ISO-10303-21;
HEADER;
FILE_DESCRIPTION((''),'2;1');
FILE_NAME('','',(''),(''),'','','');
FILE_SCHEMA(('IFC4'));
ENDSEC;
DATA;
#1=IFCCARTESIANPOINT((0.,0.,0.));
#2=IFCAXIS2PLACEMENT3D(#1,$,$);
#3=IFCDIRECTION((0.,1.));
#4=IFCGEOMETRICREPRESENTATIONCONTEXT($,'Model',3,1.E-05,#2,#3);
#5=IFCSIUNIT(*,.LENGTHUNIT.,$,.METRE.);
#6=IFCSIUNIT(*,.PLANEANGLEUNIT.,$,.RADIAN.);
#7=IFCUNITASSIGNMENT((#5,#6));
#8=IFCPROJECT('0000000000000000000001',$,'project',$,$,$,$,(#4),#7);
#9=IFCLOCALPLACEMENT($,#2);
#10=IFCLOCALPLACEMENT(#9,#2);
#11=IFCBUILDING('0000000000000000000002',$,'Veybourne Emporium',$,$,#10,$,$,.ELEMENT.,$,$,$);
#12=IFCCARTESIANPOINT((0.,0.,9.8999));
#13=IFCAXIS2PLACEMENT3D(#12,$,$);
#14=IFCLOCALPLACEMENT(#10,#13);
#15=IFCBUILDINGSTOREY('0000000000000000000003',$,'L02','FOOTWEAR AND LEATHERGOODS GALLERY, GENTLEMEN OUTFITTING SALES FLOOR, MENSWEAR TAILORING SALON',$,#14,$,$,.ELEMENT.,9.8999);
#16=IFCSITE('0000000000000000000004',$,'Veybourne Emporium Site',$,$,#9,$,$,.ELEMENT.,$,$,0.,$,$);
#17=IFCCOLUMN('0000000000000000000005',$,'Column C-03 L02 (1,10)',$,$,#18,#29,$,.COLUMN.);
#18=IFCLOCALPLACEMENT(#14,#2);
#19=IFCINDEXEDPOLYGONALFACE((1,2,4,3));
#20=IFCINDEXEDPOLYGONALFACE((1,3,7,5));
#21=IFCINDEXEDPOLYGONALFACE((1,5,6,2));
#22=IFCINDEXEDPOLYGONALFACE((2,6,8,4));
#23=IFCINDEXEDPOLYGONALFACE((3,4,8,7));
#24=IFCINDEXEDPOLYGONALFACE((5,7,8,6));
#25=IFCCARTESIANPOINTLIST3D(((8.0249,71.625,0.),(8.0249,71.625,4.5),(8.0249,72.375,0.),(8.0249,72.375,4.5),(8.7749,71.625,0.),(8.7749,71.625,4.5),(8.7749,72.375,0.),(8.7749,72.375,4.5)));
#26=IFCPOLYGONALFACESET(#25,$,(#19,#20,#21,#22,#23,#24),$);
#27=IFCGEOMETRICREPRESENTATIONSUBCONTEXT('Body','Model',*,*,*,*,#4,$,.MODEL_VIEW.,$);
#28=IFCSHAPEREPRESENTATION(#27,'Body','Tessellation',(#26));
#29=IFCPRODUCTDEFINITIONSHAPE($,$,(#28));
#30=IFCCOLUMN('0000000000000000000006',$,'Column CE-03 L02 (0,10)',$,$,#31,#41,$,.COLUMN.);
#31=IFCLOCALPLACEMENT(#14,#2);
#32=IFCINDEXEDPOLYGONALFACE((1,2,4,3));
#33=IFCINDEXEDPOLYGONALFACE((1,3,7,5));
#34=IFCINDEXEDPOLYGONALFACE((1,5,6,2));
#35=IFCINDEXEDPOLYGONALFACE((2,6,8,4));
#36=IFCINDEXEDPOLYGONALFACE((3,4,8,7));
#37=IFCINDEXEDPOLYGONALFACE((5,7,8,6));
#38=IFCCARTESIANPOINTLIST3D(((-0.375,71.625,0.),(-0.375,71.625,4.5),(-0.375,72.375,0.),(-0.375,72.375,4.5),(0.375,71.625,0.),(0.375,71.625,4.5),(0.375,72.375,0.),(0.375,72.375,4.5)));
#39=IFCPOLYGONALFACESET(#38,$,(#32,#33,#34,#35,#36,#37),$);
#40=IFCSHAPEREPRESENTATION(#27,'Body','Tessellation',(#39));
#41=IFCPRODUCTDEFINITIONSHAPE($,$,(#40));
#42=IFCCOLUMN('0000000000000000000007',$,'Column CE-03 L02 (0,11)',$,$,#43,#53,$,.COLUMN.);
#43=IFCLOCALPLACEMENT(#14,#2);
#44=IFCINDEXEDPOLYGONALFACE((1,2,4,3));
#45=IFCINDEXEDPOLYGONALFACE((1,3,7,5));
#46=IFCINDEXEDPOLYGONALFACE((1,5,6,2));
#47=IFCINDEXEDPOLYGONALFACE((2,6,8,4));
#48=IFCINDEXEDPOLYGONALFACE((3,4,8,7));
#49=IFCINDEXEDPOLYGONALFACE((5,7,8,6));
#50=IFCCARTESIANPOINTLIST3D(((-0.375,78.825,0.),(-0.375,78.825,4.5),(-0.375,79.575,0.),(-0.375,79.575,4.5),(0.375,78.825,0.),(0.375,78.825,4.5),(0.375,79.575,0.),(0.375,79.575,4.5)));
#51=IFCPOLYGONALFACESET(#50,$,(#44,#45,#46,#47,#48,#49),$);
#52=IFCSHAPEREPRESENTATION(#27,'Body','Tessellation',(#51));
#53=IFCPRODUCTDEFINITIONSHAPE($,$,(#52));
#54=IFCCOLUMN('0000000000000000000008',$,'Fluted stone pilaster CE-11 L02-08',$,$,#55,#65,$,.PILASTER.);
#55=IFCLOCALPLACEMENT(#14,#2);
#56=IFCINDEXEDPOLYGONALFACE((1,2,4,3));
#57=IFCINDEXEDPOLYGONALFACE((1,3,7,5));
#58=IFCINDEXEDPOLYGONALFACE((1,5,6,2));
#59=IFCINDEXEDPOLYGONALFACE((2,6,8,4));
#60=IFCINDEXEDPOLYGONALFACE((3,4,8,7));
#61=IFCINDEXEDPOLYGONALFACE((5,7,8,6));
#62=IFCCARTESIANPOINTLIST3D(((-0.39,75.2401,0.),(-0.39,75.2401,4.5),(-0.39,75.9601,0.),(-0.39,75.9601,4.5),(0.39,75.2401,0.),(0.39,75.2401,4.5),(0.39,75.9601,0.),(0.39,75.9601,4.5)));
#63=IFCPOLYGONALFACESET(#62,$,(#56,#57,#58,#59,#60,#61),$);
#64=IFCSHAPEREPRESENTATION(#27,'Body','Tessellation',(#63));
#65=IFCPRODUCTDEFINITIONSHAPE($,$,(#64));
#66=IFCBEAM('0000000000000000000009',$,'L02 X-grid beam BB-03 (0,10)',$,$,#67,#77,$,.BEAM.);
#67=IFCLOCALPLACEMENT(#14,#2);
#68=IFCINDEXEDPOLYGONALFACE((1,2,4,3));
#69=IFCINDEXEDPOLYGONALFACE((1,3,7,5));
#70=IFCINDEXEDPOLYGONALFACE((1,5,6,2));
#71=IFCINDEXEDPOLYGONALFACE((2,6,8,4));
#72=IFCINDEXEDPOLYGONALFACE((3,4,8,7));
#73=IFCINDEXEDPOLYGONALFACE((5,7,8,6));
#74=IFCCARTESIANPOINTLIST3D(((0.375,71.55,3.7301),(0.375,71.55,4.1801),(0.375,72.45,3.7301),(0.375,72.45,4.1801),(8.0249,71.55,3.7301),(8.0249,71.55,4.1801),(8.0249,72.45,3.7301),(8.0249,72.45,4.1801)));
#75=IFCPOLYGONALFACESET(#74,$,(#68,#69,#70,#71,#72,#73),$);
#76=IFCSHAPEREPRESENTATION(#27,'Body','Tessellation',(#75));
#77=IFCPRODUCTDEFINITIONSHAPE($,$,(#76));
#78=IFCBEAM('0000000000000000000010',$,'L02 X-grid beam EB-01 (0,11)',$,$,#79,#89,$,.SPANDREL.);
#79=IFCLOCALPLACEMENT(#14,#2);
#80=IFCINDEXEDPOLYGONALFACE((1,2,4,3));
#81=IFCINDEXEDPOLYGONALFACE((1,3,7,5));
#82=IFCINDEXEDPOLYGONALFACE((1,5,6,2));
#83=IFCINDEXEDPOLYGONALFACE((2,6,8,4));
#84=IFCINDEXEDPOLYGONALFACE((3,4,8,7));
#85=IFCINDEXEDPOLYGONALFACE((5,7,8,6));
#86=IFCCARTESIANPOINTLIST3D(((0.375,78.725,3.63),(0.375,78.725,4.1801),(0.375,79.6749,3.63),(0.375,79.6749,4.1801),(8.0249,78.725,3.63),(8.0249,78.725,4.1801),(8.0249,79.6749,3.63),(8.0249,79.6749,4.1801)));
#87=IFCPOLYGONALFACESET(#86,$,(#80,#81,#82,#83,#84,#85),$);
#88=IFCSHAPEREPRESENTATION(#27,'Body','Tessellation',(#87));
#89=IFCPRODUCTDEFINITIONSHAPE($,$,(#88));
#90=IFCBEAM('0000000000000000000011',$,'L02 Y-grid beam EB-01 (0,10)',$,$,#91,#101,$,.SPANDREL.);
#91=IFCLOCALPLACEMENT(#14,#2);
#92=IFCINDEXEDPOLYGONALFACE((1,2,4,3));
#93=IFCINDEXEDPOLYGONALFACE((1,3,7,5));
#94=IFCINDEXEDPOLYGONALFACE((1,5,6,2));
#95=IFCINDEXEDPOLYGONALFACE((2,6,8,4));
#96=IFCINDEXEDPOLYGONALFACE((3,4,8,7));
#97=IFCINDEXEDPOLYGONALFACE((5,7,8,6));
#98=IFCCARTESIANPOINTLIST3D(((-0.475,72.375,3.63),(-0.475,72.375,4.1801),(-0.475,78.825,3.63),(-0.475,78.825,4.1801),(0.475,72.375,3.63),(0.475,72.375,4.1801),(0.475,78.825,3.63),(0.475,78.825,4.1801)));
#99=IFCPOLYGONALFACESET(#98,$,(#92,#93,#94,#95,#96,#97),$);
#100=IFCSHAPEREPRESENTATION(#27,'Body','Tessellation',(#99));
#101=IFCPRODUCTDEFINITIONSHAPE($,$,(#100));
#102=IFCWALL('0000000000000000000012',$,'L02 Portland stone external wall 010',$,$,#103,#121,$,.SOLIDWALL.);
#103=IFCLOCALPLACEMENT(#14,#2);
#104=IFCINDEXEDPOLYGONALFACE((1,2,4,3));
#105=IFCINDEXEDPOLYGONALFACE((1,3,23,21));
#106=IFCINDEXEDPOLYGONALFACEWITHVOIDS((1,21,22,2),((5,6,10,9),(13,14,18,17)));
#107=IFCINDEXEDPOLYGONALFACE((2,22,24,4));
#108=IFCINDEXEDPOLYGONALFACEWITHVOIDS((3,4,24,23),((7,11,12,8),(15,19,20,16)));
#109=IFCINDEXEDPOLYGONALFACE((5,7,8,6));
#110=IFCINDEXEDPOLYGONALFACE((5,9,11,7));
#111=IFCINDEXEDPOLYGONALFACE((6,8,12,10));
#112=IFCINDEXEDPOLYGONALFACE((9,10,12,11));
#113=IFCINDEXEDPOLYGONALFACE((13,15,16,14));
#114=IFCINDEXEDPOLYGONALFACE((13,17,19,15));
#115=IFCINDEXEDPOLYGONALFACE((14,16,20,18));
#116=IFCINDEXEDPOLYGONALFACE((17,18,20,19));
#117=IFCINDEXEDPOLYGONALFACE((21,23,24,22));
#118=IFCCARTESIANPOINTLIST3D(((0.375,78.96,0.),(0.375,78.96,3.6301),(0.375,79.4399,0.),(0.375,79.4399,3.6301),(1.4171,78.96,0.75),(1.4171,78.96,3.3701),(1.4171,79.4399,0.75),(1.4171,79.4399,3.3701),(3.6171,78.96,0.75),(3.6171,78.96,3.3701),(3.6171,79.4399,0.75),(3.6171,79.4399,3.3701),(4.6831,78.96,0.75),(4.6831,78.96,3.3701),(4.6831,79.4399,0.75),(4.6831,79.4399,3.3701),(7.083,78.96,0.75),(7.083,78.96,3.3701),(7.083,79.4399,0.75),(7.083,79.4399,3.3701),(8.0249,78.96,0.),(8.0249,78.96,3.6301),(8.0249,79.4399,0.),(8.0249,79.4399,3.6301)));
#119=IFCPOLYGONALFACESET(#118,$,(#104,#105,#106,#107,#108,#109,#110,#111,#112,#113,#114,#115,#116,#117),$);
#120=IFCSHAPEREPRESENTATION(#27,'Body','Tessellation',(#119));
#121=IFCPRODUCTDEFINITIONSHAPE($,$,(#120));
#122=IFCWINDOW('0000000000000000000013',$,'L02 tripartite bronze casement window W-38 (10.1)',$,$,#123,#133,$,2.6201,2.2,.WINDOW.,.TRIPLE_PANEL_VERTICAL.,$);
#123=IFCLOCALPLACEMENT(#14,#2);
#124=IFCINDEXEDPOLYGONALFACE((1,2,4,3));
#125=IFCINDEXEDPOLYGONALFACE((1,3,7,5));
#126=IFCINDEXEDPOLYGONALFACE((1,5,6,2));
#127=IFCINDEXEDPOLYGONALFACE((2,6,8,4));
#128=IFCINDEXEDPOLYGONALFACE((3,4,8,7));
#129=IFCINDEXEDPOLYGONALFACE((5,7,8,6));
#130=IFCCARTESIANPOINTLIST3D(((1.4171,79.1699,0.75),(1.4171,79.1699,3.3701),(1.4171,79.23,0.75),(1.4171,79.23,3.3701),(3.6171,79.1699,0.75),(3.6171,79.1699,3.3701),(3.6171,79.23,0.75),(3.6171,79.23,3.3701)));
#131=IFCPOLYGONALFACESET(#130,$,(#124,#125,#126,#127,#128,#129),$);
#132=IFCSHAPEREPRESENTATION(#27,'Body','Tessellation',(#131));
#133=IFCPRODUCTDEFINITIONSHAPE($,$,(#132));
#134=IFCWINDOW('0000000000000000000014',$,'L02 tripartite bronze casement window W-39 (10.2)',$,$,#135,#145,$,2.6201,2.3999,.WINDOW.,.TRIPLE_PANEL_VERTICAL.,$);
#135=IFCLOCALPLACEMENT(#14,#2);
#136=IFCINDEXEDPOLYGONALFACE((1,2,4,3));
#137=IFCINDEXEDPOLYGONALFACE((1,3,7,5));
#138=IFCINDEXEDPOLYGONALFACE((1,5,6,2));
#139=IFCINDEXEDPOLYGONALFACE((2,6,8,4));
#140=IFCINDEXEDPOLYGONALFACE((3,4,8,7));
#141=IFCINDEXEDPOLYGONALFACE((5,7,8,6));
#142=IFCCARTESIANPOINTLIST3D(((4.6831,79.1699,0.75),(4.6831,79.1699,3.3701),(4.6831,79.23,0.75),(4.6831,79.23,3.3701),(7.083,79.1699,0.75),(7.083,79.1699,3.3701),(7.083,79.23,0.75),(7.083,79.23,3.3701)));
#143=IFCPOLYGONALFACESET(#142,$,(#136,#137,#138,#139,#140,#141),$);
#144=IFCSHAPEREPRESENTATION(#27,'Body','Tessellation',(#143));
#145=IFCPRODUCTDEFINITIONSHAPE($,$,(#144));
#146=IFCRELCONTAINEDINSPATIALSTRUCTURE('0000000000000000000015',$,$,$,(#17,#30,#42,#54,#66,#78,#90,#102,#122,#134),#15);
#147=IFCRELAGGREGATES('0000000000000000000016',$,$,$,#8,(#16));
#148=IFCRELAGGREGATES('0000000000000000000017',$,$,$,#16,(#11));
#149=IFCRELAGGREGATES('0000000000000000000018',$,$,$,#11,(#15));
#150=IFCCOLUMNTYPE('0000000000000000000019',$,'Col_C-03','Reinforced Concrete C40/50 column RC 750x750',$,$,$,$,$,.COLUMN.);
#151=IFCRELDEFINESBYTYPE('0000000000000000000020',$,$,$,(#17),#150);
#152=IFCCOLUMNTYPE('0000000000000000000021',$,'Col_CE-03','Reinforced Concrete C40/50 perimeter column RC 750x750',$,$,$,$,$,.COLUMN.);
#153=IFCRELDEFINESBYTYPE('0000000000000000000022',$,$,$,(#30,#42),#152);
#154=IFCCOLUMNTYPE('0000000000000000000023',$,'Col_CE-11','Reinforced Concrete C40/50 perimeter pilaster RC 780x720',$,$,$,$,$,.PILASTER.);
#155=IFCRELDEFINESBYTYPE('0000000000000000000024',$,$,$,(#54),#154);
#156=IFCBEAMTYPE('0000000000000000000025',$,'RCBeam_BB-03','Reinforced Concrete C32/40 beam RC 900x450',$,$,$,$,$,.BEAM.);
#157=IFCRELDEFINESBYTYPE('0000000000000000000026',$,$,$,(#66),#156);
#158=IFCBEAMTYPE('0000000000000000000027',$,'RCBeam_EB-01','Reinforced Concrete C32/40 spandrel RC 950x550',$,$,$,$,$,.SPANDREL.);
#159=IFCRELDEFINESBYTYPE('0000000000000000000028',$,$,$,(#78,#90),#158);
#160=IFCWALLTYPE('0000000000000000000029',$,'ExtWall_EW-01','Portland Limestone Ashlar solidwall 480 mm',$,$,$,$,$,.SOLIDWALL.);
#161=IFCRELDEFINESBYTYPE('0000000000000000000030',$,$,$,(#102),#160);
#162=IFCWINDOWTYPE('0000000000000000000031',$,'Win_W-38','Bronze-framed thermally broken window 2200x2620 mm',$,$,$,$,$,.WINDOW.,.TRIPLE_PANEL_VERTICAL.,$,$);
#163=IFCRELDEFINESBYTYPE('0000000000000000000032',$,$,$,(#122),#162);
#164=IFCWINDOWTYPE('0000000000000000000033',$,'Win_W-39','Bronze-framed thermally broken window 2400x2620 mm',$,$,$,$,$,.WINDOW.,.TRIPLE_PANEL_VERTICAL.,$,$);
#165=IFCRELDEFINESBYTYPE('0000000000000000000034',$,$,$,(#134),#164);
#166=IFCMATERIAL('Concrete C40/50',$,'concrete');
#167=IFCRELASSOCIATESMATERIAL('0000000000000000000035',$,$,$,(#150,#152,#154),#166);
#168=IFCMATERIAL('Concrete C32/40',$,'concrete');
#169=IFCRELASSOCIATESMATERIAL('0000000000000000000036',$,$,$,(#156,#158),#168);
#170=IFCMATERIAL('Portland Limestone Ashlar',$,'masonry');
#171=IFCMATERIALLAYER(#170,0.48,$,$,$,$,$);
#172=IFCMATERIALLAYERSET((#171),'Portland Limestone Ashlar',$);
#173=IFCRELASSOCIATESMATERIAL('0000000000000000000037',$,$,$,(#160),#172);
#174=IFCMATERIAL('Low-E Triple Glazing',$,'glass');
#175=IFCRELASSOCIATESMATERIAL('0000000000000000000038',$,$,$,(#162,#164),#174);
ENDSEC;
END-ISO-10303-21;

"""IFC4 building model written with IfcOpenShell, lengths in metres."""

from ifc_helpers import new_model, si_unit, direction, frame, frame_2d, origin, origin_2d, place, context, subcontext, project, spatial, rectangle, extrude, material, layer, layer_set, material_profile, profile_set, type_object, element, fill, save


model = new_model("IFC4")

# Units and contexts
model_context = context("Model", 3, precision=1e-05, world=origin(), true_north=direction((0.0, 1.0)))
body_context = subcontext(model_context, "Body", "Model", "MODEL_VIEW")
ifc_project = project(units=[si_unit("LENGTHUNIT", "METRE"), si_unit("PLANEANGLEUNIT", "RADIAN")], contexts=[model_context])

# Site, building, storey
site_placement = place(None, origin())
site = spatial("IfcSite", under=ifc_project, at=site_placement, Name="Veybourne Emporium Site", CompositionType="ELEMENT", RefElevation=0.0)
building_placement = place(site_placement, origin())
building = spatial("IfcBuilding", under=site, at=building_placement, Name="Veybourne Emporium", CompositionType="ELEMENT")
storey_placement = place(building_placement, frame((0.0, 0.0, 9.8999)))
storey = spatial("IfcBuildingStorey", under=building, at=storey_placement, Name="L02", Description="FOOTWEAR AND LEATHERGOODS GALLERY, GENTLEMEN OUTFITTING SALES FLOOR, MENSWEAR TAILORING SALON", CompositionType="ELEMENT", Elevation=9.8999)

# Columns
ifc_material_1 = material(Name="Concrete C40/50", Category="concrete")
ifc_material_profile_1 = material_profile(ifc_material_1, rectangle(XDim=0.75, YDim=0.75, at=origin_2d()), Name="RC 750x750")
ifc_profile_set_1 = profile_set([ifc_material_profile_1], Name="Concrete C40/50")
column_type_1 = type_object("IfcColumnType", Name="Col_C-03", Description="Reinforced Concrete C40/50 column RC 750x750", PredefinedType="COLUMN", material=ifc_profile_set_1)
column_1_placement = place(storey_placement, frame((8.3999, 72.0, 0.0), z_axis=(0.0, 0.0, 1.0), x_axis=(1.0, 0.0, 0.0)))
element("IfcColumn", 1, at=column_1_placement, inside=storey, type_object=column_type_1, Name="Column C-03 L02 (1,10)", PredefinedType="COLUMN", context=body_context, shape_type="SweptSolid", body=[
    extrude(rectangle(XDim=0.75, YDim=0.75, at=origin_2d()), origin(), (0.0, 0.0, 1.0), 4.5),
])
ifc_material_profile_2 = material_profile(ifc_material_1, rectangle(XDim=0.75, YDim=0.75, at=origin_2d()), Name="RC 750x750")
ifc_profile_set_2 = profile_set([ifc_material_profile_2], Name="Concrete C40/50")
column_type_2 = type_object("IfcColumnType", Name="Col_CE-03", Description="Reinforced Concrete C40/50 perimeter column RC 750x750", PredefinedType="COLUMN", material=ifc_profile_set_2)
for number, where, z_axis, x_axis, name in (
    (2, (0.0, 72.0, 0.0), (0.0, 0.0, 1.0), (1.0, 0.0, 0.0), "Column CE-03 L02 (0,10)"),
    (3, (0.0, 79.2, 0.0), (0.0, 0.0, 1.0), (1.0, 0.0, 0.0), "Column CE-03 L02 (0,11)"),
):
    element("IfcColumn", number, at=place(storey_placement, frame(where, z_axis=z_axis, x_axis=x_axis)), inside=storey, type_object=column_type_2, Name=name, PredefinedType="COLUMN", context=body_context, shape_type="SweptSolid", body=[
        extrude(rectangle(XDim=0.75, YDim=0.75, at=origin_2d()), origin(), (0.0, 0.0, 1.0), 4.5),
    ])
ifc_material_profile_3 = material_profile(ifc_material_1, rectangle(XDim=0.78, YDim=0.72, at=origin_2d()), Name="RC 780x720")
ifc_profile_set_3 = profile_set([ifc_material_profile_3], Name="Concrete C40/50")
column_type_3 = type_object("IfcColumnType", Name="Col_CE-11", Description="Reinforced Concrete C40/50 perimeter pilaster RC 780x720", PredefinedType="PILASTER", material=ifc_profile_set_3)
column_2_placement = place(storey_placement, frame((0.0, 75.6001, 0.0), z_axis=(0.0, 0.0, 1.0), x_axis=(1.0, 0.0, 0.0)))
element("IfcColumn", 4, at=column_2_placement, inside=storey, type_object=column_type_3, Name="Fluted stone pilaster CE-11 L02-08", PredefinedType="PILASTER", context=body_context, shape_type="SweptSolid", body=[
    extrude(rectangle(XDim=0.78, YDim=0.72, at=origin_2d()), origin(), (0.0, 0.0, 1.0), 4.5),
])

# Beams
ifc_material_2 = material(Name="Concrete C32/40", Category="concrete")
ifc_material_profile_4 = material_profile(ifc_material_2, rectangle(XDim=0.8999, YDim=0.45, at=origin_2d()), Name="RC 900x450")
ifc_profile_set_4 = profile_set([ifc_material_profile_4], Name="Concrete C32/40")
beam_type_1 = type_object("IfcBeamType", Name="RCBeam_BB-03", Description="Reinforced Concrete C32/40 beam RC 900x450", PredefinedType="BEAM", material=ifc_profile_set_4)
beam_1_placement = place(storey_placement, frame((0.375, 72.0, 3.9551), z_axis=(1.0, 0.0, 0.0), x_axis=(0.0, 1.0, 0.0)))
element("IfcBeam", 5, at=beam_1_placement, inside=storey, type_object=beam_type_1, Name="L02 X-grid beam BB-03 (0,10)", PredefinedType="BEAM", context=body_context, shape_type="SweptSolid", body=[
    extrude(rectangle(XDim=0.8999, YDim=0.45, at=origin_2d()), origin(), (0.0, 0.0, 1.0), 7.6499),
])
ifc_material_profile_5 = material_profile(ifc_material_2, rectangle(XDim=0.95, YDim=0.55, at=origin_2d()), Name="RC 950x550")
ifc_profile_set_5 = profile_set([ifc_material_profile_5], Name="Concrete C32/40")
beam_type_2 = type_object("IfcBeamType", Name="RCBeam_EB-01", Description="Reinforced Concrete C32/40 spandrel RC 950x550", PredefinedType="SPANDREL", material=ifc_profile_set_5)
beam_2_placement = place(storey_placement, frame((0.375, 79.2, 3.905), z_axis=(1.0, 0.0, 0.0), x_axis=(0.0, 1.0, 0.0)))
element("IfcBeam", 6, at=beam_2_placement, inside=storey, type_object=beam_type_2, Name="L02 X-grid beam EB-01 (0,11)", PredefinedType="SPANDREL", context=body_context, shape_type="SweptSolid", body=[
    extrude(rectangle(XDim=0.95, YDim=0.55, at=origin_2d()), origin(), (0.0, 0.0, 1.0), 7.6499),
])
beam_3_placement = place(storey_placement, frame((0.0, 72.375, 3.905), z_axis=(0.0, 1.0, 0.0), x_axis=(-1.0, 0.0, 0.0)))
element("IfcBeam", 7, at=beam_3_placement, inside=storey, type_object=beam_type_2, Name="L02 Y-grid beam EB-01 (0,10)", PredefinedType="SPANDREL", context=body_context, shape_type="SweptSolid", body=[
    extrude(rectangle(XDim=0.95, YDim=0.55, at=origin_2d()), origin(), (0.0, 0.0, 1.0), 6.45),
])

# Wall, openings, windows
ifc_material_3 = material(Name="Portland Limestone Ashlar", Category="masonry")
ifc_layer_1 = layer(ifc_material_3, 0.48)
ifc_layer_set_1 = layer_set([ifc_layer_1], Name="Portland Limestone Ashlar")
wall_type_1 = type_object("IfcWallType", Name="ExtWall_EW-01", Description="Portland Limestone Ashlar solidwall 480 mm", PredefinedType="SOLIDWALL", material=ifc_layer_set_1)
wall_1_placement = place(storey_placement, frame((0.375, 79.2, 0.0), z_axis=(0.0, 0.0, 1.0), x_axis=(1.0, 0.0, 0.0)))
wall_1 = element("IfcWall", 8, at=wall_1_placement, inside=storey, type_object=wall_type_1, Name="L02 Portland stone external wall 010", PredefinedType="SOLIDWALL", context=body_context, shape_type="SweptSolid", body=[
    extrude(rectangle(XDim=7.6499, YDim=0.48, at=frame_2d((3.825, 0.0))), origin(), (0.0, 0.0, 1.0), 3.6301),
])
opening_1_placement = place(wall_1_placement, frame((1.042, 0.0, 0.75)))
opening_1 = element("IfcOpeningElement", 9, at=opening_1_placement, cuts=wall_1, PredefinedType="OPENING", context=body_context, shape_type="SweptSolid", body=[
    extrude(rectangle(XDim=2.2, YDim=2.6201, at=frame_2d((1.1001, 1.3101))), frame((0.0, 0.26, 0.0), z_axis=(0.0, -1.0, 0.0), x_axis=(1.0, 0.0, 0.0)), (0.0, 0.0, 1.0), 0.52),
])
opening_2_placement = place(wall_1_placement, frame((4.3081, 0.0, 0.75)))
opening_2 = element("IfcOpeningElement", 10, at=opening_2_placement, cuts=wall_1, PredefinedType="OPENING", context=body_context, shape_type="SweptSolid", body=[
    extrude(rectangle(XDim=2.3999, YDim=2.6201, at=frame_2d((1.2, 1.3101))), frame((0.0, 0.26, 0.0), z_axis=(0.0, -1.0, 0.0), x_axis=(1.0, 0.0, 0.0)), (0.0, 0.0, 1.0), 0.52),
])
ifc_material_4 = material(Name="Low-E Triple Glazing", Category="glass")
window_type_1 = type_object("IfcWindowType", Name="Win_W-38", Description="Bronze-framed thermally broken window 2200x2620 mm", PartitioningType="TRIPLE_PANEL_VERTICAL", PredefinedType="WINDOW", material=ifc_material_4)
window_1_placement = place(opening_1_placement, origin())
window_1 = element("IfcWindow", 11, at=window_1_placement, inside=storey, type_object=window_type_1, Name="L02 tripartite bronze casement window W-38 (10.1)", OverallHeight=2.6201, OverallWidth=2.2, PartitioningType="TRIPLE_PANEL_VERTICAL", PredefinedType="WINDOW", context=body_context, shape_type="SweptSolid", body=[
    extrude(rectangle(XDim=2.2, YDim=2.6201, at=frame_2d((1.1001, 1.3101))), frame((0.0, 0.03, 0.0), z_axis=(0.0, -1.0, 0.0), x_axis=(1.0, 0.0, 0.0)), (0.0, 0.0, 1.0), 0.0601),
])
fill(opening_1, window_1)
window_type_2 = type_object("IfcWindowType", Name="Win_W-39", Description="Bronze-framed thermally broken window 2400x2620 mm", PartitioningType="TRIPLE_PANEL_VERTICAL", PredefinedType="WINDOW", material=ifc_material_4)
window_2_placement = place(opening_2_placement, origin())
window_2 = element("IfcWindow", 12, at=window_2_placement, inside=storey, type_object=window_type_2, Name="L02 tripartite bronze casement window W-39 (10.2)", OverallHeight=2.6201, OverallWidth=2.3999, PartitioningType="TRIPLE_PANEL_VERTICAL", PredefinedType="WINDOW", context=body_context, shape_type="SweptSolid", body=[
    extrude(rectangle(XDim=2.3999, YDim=2.6201, at=frame_2d((1.2, 1.3101))), frame((0.0, 0.03, 0.0), z_axis=(0.0, -1.0, 0.0), x_axis=(1.0, 0.0, 0.0)), (0.0, 0.0, 1.0), 0.0601),
])
fill(opening_2, window_2)

save(model, "model.ifc")
